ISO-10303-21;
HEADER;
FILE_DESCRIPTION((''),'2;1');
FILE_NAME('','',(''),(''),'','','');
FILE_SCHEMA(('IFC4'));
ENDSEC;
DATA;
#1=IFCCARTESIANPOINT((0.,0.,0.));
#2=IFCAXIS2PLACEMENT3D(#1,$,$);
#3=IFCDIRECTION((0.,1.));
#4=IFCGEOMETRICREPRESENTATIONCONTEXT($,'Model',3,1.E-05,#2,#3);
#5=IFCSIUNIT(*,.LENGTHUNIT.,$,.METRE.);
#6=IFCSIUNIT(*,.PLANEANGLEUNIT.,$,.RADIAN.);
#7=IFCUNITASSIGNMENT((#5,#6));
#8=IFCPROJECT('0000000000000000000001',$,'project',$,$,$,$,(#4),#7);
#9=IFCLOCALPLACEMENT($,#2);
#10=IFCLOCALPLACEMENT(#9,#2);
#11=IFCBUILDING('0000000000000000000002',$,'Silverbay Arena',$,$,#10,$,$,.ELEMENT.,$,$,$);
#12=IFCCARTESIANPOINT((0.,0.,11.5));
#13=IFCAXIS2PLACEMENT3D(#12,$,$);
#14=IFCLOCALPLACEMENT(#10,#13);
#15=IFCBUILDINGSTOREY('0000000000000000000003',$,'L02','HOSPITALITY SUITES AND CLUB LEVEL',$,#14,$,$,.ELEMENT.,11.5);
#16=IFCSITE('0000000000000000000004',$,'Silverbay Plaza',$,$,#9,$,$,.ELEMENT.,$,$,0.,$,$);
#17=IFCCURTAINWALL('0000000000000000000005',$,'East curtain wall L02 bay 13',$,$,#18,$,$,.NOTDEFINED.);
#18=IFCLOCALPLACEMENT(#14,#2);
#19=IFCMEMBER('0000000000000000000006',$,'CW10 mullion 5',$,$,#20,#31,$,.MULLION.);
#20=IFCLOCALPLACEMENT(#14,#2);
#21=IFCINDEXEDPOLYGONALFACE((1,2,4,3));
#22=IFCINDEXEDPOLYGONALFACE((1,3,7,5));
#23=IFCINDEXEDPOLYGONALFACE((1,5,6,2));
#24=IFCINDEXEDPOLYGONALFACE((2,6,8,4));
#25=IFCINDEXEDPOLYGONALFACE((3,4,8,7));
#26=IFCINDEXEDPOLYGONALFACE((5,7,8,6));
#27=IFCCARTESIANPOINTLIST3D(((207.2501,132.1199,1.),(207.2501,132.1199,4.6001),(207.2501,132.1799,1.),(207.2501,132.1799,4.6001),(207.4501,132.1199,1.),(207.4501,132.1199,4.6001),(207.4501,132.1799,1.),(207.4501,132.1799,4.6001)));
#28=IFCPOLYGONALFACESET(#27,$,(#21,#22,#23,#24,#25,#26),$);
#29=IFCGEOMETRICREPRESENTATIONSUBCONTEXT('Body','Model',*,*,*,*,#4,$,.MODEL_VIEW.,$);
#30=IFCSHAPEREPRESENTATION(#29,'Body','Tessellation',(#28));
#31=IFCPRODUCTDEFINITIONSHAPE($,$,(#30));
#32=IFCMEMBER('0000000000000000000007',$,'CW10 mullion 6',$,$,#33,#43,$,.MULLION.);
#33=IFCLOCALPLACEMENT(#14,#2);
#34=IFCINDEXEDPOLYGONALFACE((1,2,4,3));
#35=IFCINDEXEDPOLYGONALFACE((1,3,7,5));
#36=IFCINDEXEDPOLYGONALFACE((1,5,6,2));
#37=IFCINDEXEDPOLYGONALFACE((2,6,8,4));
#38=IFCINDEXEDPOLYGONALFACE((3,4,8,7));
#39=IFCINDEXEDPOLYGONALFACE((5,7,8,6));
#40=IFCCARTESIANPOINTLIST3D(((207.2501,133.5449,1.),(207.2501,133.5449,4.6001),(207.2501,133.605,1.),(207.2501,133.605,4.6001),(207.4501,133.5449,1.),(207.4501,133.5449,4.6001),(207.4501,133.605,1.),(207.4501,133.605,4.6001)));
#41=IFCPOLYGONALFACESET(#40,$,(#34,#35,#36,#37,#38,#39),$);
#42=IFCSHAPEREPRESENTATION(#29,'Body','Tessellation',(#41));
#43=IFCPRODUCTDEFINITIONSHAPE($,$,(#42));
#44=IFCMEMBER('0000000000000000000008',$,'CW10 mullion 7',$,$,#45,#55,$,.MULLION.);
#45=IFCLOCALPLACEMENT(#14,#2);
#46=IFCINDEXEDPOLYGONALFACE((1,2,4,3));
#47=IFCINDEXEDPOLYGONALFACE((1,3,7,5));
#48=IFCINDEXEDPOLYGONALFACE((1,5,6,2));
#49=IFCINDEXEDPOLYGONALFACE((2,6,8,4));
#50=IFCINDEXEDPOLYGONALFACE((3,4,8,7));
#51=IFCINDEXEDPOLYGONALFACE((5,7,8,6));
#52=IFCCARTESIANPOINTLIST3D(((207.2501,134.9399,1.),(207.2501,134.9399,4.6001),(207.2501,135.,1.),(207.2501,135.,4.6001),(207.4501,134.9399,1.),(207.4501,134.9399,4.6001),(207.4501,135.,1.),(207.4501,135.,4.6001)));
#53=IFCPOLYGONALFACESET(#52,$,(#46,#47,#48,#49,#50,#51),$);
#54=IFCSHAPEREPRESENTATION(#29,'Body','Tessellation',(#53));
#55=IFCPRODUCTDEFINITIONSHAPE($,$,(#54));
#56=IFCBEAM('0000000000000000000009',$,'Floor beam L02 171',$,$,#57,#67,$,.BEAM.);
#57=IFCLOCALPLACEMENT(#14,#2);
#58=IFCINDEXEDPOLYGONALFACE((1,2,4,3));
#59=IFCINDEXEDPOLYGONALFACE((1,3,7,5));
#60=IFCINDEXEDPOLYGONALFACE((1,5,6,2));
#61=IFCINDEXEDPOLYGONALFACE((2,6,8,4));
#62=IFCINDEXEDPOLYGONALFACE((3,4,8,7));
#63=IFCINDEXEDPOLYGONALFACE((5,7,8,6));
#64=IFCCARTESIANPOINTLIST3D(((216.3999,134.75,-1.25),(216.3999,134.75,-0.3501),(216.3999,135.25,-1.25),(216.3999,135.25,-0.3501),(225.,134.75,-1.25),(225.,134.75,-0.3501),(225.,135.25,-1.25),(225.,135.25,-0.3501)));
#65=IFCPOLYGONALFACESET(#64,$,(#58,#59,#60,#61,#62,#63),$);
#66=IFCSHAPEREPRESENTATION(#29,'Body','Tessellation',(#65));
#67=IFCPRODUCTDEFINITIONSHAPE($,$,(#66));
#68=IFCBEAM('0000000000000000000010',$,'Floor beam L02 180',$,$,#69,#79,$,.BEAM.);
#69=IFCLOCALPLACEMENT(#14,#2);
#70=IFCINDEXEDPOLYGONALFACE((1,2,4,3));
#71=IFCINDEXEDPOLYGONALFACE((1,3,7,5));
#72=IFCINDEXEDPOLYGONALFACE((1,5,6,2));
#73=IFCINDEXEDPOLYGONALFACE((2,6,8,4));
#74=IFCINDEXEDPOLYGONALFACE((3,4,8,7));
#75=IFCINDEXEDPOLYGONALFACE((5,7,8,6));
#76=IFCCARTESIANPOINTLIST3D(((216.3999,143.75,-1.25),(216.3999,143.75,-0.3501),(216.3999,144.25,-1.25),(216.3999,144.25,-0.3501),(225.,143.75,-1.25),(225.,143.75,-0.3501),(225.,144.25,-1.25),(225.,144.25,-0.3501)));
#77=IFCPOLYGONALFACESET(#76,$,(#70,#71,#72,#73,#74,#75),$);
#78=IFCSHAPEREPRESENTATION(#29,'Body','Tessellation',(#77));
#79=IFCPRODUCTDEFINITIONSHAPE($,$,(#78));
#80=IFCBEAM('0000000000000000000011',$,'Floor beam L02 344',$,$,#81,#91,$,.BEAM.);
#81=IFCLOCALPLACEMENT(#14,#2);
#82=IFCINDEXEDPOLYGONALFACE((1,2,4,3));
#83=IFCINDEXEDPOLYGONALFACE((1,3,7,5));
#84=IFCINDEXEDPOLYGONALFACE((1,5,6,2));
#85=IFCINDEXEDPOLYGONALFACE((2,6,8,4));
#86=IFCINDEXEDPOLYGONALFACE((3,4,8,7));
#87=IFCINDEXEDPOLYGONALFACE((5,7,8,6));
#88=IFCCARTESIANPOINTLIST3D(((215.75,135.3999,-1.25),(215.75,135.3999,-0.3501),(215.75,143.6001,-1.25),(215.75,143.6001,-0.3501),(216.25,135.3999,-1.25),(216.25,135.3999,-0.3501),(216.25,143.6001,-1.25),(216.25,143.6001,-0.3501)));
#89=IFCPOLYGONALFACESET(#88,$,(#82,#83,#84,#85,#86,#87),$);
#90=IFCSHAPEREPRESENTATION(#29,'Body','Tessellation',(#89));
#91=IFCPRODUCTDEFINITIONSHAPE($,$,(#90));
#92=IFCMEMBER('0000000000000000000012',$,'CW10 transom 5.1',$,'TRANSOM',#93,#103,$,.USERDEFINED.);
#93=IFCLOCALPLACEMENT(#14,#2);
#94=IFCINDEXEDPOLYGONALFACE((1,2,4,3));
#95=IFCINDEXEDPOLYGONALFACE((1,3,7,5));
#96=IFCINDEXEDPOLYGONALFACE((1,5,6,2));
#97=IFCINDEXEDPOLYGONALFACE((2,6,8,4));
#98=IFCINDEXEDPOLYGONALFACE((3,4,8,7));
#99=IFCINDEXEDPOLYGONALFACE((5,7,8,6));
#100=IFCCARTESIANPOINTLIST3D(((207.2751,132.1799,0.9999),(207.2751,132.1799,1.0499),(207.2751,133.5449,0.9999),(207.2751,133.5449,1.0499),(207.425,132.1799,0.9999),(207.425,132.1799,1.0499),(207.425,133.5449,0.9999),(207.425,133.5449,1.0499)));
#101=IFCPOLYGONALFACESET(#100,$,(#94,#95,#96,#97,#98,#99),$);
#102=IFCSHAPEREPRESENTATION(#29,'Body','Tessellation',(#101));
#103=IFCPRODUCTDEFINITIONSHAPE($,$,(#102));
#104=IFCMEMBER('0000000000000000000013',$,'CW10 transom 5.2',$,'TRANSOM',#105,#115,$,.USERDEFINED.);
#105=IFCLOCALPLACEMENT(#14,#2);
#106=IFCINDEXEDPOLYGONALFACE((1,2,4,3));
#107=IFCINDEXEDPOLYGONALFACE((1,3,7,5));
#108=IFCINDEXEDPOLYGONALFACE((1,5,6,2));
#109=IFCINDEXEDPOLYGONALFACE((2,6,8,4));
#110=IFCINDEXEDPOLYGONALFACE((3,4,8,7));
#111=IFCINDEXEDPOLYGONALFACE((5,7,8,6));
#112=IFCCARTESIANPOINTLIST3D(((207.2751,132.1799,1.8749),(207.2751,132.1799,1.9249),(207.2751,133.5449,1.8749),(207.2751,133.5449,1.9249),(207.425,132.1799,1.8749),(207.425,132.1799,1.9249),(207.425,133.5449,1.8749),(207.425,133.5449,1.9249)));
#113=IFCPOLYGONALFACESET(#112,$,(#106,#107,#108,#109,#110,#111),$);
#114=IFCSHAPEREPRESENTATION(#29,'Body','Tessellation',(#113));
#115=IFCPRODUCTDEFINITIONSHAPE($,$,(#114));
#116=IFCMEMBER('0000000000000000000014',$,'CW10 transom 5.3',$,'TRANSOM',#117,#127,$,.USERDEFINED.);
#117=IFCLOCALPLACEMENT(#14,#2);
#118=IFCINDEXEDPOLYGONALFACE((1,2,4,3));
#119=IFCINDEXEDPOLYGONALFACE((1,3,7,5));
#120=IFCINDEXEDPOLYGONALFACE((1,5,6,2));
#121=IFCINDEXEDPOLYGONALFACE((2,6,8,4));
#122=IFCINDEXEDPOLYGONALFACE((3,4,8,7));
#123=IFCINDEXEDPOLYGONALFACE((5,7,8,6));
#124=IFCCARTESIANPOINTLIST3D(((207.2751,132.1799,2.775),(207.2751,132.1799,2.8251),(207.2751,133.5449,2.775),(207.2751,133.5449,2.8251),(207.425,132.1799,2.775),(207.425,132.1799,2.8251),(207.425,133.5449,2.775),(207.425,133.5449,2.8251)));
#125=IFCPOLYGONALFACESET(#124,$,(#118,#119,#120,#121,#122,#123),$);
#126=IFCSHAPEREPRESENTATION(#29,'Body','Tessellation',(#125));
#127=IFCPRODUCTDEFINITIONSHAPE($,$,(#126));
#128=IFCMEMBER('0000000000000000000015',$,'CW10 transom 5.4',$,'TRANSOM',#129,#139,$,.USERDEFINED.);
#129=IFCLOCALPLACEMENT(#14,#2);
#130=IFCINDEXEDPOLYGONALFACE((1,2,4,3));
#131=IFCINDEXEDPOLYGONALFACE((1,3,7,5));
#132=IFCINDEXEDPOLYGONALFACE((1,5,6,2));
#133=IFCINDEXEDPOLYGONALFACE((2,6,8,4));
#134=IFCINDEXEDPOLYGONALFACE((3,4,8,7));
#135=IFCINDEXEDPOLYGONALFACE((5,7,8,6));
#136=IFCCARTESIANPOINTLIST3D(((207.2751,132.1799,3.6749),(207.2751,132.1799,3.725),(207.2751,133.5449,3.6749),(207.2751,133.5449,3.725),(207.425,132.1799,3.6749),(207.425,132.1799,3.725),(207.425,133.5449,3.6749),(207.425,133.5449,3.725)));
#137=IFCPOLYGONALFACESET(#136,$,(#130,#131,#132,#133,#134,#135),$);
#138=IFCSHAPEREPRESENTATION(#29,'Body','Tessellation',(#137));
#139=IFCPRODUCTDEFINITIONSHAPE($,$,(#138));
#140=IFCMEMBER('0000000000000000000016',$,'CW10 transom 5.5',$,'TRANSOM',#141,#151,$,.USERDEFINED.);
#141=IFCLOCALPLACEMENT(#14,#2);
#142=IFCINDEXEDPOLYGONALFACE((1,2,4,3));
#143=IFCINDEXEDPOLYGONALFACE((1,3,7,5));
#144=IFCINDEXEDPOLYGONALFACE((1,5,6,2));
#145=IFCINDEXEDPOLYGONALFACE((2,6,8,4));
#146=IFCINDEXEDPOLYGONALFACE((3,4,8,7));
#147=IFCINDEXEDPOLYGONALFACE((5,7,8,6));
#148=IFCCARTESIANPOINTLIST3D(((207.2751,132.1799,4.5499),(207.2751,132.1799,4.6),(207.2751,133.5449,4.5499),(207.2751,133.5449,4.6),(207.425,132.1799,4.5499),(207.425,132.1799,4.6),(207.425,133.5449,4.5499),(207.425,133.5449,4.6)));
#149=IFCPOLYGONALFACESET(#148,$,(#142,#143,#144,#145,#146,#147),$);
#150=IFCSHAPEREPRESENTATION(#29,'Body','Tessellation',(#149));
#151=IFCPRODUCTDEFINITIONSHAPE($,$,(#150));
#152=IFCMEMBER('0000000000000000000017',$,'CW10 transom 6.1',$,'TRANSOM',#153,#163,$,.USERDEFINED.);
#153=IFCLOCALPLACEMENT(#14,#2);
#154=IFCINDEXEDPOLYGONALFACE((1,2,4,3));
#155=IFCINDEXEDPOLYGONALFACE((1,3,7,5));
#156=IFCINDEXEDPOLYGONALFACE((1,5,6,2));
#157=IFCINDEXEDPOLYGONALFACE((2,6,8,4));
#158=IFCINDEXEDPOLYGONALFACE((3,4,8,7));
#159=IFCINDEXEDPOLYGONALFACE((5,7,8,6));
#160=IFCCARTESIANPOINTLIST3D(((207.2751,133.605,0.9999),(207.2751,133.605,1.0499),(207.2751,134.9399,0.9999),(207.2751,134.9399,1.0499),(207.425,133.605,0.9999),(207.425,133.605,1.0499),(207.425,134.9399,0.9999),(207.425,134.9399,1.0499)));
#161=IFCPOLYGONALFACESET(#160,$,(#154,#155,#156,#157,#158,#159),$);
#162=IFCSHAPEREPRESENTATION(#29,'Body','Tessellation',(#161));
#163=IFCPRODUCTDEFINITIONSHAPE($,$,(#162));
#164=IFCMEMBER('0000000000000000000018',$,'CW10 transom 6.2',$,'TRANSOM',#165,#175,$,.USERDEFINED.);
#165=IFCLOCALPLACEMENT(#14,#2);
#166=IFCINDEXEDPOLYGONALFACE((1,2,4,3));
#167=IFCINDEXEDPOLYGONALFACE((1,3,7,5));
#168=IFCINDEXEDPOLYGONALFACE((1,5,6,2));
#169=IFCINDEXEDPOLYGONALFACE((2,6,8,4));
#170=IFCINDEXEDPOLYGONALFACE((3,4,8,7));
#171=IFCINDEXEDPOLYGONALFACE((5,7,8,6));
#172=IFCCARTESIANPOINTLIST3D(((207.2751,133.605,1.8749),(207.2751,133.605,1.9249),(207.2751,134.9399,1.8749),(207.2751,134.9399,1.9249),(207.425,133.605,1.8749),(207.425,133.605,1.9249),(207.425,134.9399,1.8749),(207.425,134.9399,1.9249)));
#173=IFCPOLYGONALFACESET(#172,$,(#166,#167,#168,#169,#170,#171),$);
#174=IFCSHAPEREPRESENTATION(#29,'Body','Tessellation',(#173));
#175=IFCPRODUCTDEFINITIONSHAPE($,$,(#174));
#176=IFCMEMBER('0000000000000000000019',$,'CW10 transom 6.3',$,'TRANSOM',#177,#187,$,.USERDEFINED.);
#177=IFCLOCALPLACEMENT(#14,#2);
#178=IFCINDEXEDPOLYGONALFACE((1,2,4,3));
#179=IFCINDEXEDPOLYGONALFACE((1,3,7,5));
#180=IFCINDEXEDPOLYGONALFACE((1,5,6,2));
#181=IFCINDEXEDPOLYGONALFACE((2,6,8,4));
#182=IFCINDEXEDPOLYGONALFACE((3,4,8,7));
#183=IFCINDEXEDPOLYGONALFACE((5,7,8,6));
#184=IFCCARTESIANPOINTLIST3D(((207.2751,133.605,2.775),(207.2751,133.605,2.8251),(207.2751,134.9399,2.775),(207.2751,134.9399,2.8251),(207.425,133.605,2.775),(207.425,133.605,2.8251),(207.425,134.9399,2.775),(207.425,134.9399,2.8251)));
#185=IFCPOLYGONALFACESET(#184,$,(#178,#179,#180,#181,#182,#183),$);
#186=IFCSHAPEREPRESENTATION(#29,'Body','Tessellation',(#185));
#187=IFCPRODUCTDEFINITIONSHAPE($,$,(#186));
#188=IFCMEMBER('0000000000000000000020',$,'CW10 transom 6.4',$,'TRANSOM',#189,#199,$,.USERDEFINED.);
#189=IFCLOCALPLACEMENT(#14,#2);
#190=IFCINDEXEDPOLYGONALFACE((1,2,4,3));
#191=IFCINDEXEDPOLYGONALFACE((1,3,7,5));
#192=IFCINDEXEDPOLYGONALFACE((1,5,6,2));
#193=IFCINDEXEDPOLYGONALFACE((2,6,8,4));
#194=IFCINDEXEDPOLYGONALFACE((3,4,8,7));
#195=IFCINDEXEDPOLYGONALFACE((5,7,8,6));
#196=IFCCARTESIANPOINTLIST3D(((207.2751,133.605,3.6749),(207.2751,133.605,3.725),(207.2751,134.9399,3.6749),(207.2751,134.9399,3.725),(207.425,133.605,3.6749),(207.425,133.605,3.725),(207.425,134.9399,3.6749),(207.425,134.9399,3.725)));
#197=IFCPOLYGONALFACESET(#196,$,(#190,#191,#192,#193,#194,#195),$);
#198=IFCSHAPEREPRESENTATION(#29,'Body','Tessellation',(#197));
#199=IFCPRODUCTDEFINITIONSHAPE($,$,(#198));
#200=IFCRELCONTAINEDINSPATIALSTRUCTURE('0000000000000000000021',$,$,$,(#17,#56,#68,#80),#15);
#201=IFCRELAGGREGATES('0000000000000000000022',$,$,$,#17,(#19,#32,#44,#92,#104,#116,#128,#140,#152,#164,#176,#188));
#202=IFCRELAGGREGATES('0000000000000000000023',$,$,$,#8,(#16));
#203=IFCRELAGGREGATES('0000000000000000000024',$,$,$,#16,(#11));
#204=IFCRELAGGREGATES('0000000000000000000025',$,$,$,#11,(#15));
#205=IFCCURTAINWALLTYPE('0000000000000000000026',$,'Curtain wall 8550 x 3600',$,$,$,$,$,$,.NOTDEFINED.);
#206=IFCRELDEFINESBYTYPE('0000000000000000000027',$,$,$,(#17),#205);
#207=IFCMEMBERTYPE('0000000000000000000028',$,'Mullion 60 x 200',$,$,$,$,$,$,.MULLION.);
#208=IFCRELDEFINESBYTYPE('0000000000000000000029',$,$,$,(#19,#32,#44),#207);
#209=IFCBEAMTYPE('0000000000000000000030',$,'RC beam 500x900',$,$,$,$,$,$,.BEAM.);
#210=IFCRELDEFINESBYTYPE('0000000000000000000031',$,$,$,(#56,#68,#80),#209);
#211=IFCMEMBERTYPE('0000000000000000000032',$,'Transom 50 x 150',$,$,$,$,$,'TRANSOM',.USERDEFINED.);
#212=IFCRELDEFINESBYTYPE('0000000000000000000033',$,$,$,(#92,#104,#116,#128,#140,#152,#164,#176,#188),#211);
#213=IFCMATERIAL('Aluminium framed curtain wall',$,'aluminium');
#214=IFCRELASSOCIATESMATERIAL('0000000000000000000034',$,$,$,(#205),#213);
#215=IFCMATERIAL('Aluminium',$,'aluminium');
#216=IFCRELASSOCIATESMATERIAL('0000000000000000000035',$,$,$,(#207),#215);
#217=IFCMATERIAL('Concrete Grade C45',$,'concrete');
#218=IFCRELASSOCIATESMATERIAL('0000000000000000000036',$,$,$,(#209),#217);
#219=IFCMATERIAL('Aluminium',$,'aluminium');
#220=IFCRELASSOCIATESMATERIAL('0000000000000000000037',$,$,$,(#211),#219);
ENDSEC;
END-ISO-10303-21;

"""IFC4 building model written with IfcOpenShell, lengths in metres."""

from ifc_helpers import new_model, si_unit, direction, frame, origin, origin_2d, place, context, subcontext, project, spatial, rectangle, extrude, material, material_profile, profile_set, type_object, element, aggregate, save


model = new_model("IFC4")

# Units and contexts
model_context = context("Model", 3, precision=1e-05, world=origin(), true_north=direction((0.0, 1.0)))
body_context = subcontext(model_context, "Body", "Model", "MODEL_VIEW")
ifc_project = project(units=[si_unit("LENGTHUNIT", "METRE"), si_unit("PLANEANGLEUNIT", "RADIAN")], contexts=[model_context])

# Site, building, storey
site_placement = place(None, origin())
site = spatial("IfcSite", under=ifc_project, at=site_placement, Name="Silverbay Plaza", CompositionType="ELEMENT", RefElevation=0.0)
building_placement = place(site_placement, origin())
building = spatial("IfcBuilding", under=site, at=building_placement, Name="Silverbay Arena", CompositionType="ELEMENT")
storey_placement = place(building_placement, frame((0.0, 0.0, 11.5)))
storey = spatial("IfcBuildingStorey", under=building, at=storey_placement, Name="L02", Description="HOSPITALITY SUITES AND CLUB LEVEL", CompositionType="ELEMENT", Elevation=11.5)

# Curtain wall, members
ifc_material_1 = material(Name="Aluminium framed curtain wall", Category="aluminium")
curtain_wall_type = type_object("IfcCurtainWallType", Name="Curtain wall 8550 x 3600", PredefinedType="NOTDEFINED", material=ifc_material_1)
curtain_wall_placement = place(storey_placement, origin())
curtain_wall = element("IfcCurtainWall", 1, at=curtain_wall_placement, inside=storey, type_object=curtain_wall_type, Name="East curtain wall L02 bay 13", PredefinedType="NOTDEFINED")
ifc_material_2 = material(Name="Aluminium", Category="aluminium")
ifc_material_profile_1 = material_profile(ifc_material_2, rectangle(XDim=0.2, YDim=0.0601, at=origin_2d()), Name="Mullion 60 x 200")
ifc_profile_set_1 = profile_set([ifc_material_profile_1], Name="Aluminium")
member_type_1 = type_object("IfcMemberType", Name="Mullion 60 x 200", PredefinedType="MULLION", material=ifc_profile_set_1)
member_1_placement = place(storey_placement, frame((207.3501, 132.1499, 1.0), z_axis=(0.0, 0.0, 1.0), x_axis=(-1.0, 0.0, 0.0)))
member_1 = element("IfcMember", 2, at=member_1_placement, type_object=member_type_1, Name="CW10 mullion 5", PredefinedType="MULLION", context=body_context, shape_type="SweptSolid", body=[
    extrude(rectangle(XDim=0.2, YDim=0.0601, at=origin_2d()), origin(), (0.0, 0.0, 1.0), 3.6001),
])
member_2_placement = place(storey_placement, frame((207.3501, 133.575, 1.0), z_axis=(0.0, 0.0, 1.0), x_axis=(-1.0, 0.0, 0.0)))
member_2 = element("IfcMember", 3, at=member_2_placement, type_object=member_type_1, Name="CW10 mullion 6", PredefinedType="MULLION", context=body_context, shape_type="SweptSolid", body=[
    extrude(rectangle(XDim=0.2, YDim=0.0601, at=origin_2d()), origin(), (0.0, 0.0, 1.0), 3.6001),
])
member_3_placement = place(storey_placement, frame((207.3501, 134.97, 1.0), z_axis=(0.0, 0.0, 1.0), x_axis=(-1.0, 0.0, 0.0)))
member_3 = element("IfcMember", 4, at=member_3_placement, type_object=member_type_1, Name="CW10 mullion 7", PredefinedType="MULLION", context=body_context, shape_type="SweptSolid", body=[
    extrude(rectangle(XDim=0.2, YDim=0.0601, at=origin_2d()), origin(), (0.0, 0.0, 1.0), 3.6001),
])

# Beams
ifc_material_3 = material(Name="Concrete Grade C45", Category="concrete")
ifc_material_profile_2 = material_profile(ifc_material_3, rectangle(XDim=0.5, YDim=0.8999, at=origin_2d()), Name="RC 500x900")
ifc_profile_set_2 = profile_set([ifc_material_profile_2], Name="Concrete Grade C45")
beam_type = type_object("IfcBeamType", Name="RC beam 500x900", PredefinedType="BEAM", material=ifc_profile_set_2)
for number, where, z_axis, x_axis, name in (
    (5, (216.3999, 135.0, -0.8), (1.0, 0.0, 0.0), (0.0, 1.0, 0.0), "Floor beam L02 171"),
    (6, (216.3999, 144.0, -0.8), (1.0, 0.0, 0.0), (0.0, 1.0, 0.0), "Floor beam L02 180"),
):
    element("IfcBeam", number, at=place(storey_placement, frame(where, z_axis=z_axis, x_axis=x_axis)), inside=storey, type_object=beam_type, Name=name, PredefinedType="BEAM", context=body_context, shape_type="SweptSolid", body=[
        extrude(rectangle(XDim=0.5, YDim=0.8999, at=origin_2d()), origin(), (0.0, 0.0, 1.0), 8.6001),
    ])
beam_placement = place(storey_placement, frame((216.0, 135.3999, -0.8), z_axis=(0.0, 1.0, 0.0), x_axis=(-1.0, 0.0, 0.0)))
element("IfcBeam", 7, at=beam_placement, inside=storey, type_object=beam_type, Name="Floor beam L02 344", PredefinedType="BEAM", context=body_context, shape_type="SweptSolid", body=[
    extrude(rectangle(XDim=0.5, YDim=0.8999, at=origin_2d()), origin(), (0.0, 0.0, 1.0), 8.2002),
])

# Members
ifc_material_4 = material(Name="Aluminium", Category="aluminium")
ifc_material_profile_3 = material_profile(ifc_material_4, rectangle(XDim=0.1499, YDim=0.05, at=origin_2d()), Name="Transom 50 x 150")
ifc_profile_set_3 = profile_set([ifc_material_profile_3], Name="Aluminium")
member_type_2 = type_object("IfcMemberType", Name="Transom 50 x 150", ElementType="TRANSOM", PredefinedType="USERDEFINED", material=ifc_profile_set_3)
member_4_placement = place(storey_placement, frame((207.3501, 132.1799, 1.0249), z_axis=(0.0, 1.0, 0.0), x_axis=(-1.0, 0.0, 0.0)))
member_4 = element("IfcMember", 8, at=member_4_placement, type_object=member_type_2, Name="CW10 transom 5.1", ObjectType="TRANSOM", PredefinedType="USERDEFINED", context=body_context, shape_type="SweptSolid", body=[
    extrude(rectangle(XDim=0.1499, YDim=0.05, at=origin_2d()), origin(), (0.0, 0.0, 1.0), 1.365),
])
member_5_placement = place(storey_placement, frame((207.3501, 132.1799, 1.8999), z_axis=(0.0, 1.0, 0.0), x_axis=(-1.0, 0.0, 0.0)))
member_5 = element("IfcMember", 9, at=member_5_placement, type_object=member_type_2, Name="CW10 transom 5.2", ObjectType="TRANSOM", PredefinedType="USERDEFINED", context=body_context, shape_type="SweptSolid", body=[
    extrude(rectangle(XDim=0.1499, YDim=0.05, at=origin_2d()), origin(), (0.0, 0.0, 1.0), 1.365),
])
member_6_placement = place(storey_placement, frame((207.3501, 132.1799, 2.8), z_axis=(0.0, 1.0, 0.0), x_axis=(-1.0, 0.0, 0.0)))
member_6 = element("IfcMember", 10, at=member_6_placement, type_object=member_type_2, Name="CW10 transom 5.3", ObjectType="TRANSOM", PredefinedType="USERDEFINED", context=body_context, shape_type="SweptSolid", body=[
    extrude(rectangle(XDim=0.1499, YDim=0.05, at=origin_2d()), origin(), (0.0, 0.0, 1.0), 1.365),
])
member_7_placement = place(storey_placement, frame((207.3501, 132.1799, 3.7), z_axis=(0.0, 1.0, 0.0), x_axis=(-1.0, 0.0, 0.0)))
member_7 = element("IfcMember", 11, at=member_7_placement, type_object=member_type_2, Name="CW10 transom 5.4", ObjectType="TRANSOM", PredefinedType="USERDEFINED", context=body_context, shape_type="SweptSolid", body=[
    extrude(rectangle(XDim=0.1499, YDim=0.05, at=origin_2d()), origin(), (0.0, 0.0, 1.0), 1.365),
])
member_8_placement = place(storey_placement, frame((207.3501, 132.1799, 4.575), z_axis=(0.0, 1.0, 0.0), x_axis=(-1.0, 0.0, 0.0)))
member_8 = element("IfcMember", 12, at=member_8_placement, type_object=member_type_2, Name="CW10 transom 5.5", ObjectType="TRANSOM", PredefinedType="USERDEFINED", context=body_context, shape_type="SweptSolid", body=[
    extrude(rectangle(XDim=0.1499, YDim=0.05, at=origin_2d()), origin(), (0.0, 0.0, 1.0), 1.365),
])
member_9_placement = place(storey_placement, frame((207.3501, 133.605, 1.0249), z_axis=(0.0, 1.0, 0.0), x_axis=(-1.0, 0.0, 0.0)))
member_9 = element("IfcMember", 13, at=member_9_placement, type_object=member_type_2, Name="CW10 transom 6.1", ObjectType="TRANSOM", PredefinedType="USERDEFINED", context=body_context, shape_type="SweptSolid", body=[
    extrude(rectangle(XDim=0.1499, YDim=0.05, at=origin_2d()), origin(), (0.0, 0.0, 1.0), 1.335),
])
member_10_placement = place(storey_placement, frame((207.3501, 133.605, 1.8999), z_axis=(0.0, 1.0, 0.0), x_axis=(-1.0, 0.0, 0.0)))
member_10 = element("IfcMember", 14, at=member_10_placement, type_object=member_type_2, Name="CW10 transom 6.2", ObjectType="TRANSOM", PredefinedType="USERDEFINED", context=body_context, shape_type="SweptSolid", body=[
    extrude(rectangle(XDim=0.1499, YDim=0.05, at=origin_2d()), origin(), (0.0, 0.0, 1.0), 1.335),
])
member_11_placement = place(storey_placement, frame((207.3501, 133.605, 2.8), z_axis=(0.0, 1.0, 0.0), x_axis=(-1.0, 0.0, 0.0)))
member_11 = element("IfcMember", 15, at=member_11_placement, type_object=member_type_2, Name="CW10 transom 6.3", ObjectType="TRANSOM", PredefinedType="USERDEFINED", context=body_context, shape_type="SweptSolid", body=[
    extrude(rectangle(XDim=0.1499, YDim=0.05, at=origin_2d()), origin(), (0.0, 0.0, 1.0), 1.335),
])
member_12_placement = place(storey_placement, frame((207.3501, 133.605, 3.7), z_axis=(0.0, 1.0, 0.0), x_axis=(-1.0, 0.0, 0.0)))
member_12 = element("IfcMember", 16, at=member_12_placement, type_object=member_type_2, Name="CW10 transom 6.4", ObjectType="TRANSOM", PredefinedType="USERDEFINED", context=body_context, shape_type="SweptSolid", body=[
    extrude(rectangle(XDim=0.1499, YDim=0.05, at=origin_2d()), origin(), (0.0, 0.0, 1.0), 1.335),
])

aggregate(curtain_wall, [member_1, member_2, member_3, member_4, member_5, member_6, member_7, member_8, member_9, member_10, member_11, member_12])

save(model, "model.ifc")
